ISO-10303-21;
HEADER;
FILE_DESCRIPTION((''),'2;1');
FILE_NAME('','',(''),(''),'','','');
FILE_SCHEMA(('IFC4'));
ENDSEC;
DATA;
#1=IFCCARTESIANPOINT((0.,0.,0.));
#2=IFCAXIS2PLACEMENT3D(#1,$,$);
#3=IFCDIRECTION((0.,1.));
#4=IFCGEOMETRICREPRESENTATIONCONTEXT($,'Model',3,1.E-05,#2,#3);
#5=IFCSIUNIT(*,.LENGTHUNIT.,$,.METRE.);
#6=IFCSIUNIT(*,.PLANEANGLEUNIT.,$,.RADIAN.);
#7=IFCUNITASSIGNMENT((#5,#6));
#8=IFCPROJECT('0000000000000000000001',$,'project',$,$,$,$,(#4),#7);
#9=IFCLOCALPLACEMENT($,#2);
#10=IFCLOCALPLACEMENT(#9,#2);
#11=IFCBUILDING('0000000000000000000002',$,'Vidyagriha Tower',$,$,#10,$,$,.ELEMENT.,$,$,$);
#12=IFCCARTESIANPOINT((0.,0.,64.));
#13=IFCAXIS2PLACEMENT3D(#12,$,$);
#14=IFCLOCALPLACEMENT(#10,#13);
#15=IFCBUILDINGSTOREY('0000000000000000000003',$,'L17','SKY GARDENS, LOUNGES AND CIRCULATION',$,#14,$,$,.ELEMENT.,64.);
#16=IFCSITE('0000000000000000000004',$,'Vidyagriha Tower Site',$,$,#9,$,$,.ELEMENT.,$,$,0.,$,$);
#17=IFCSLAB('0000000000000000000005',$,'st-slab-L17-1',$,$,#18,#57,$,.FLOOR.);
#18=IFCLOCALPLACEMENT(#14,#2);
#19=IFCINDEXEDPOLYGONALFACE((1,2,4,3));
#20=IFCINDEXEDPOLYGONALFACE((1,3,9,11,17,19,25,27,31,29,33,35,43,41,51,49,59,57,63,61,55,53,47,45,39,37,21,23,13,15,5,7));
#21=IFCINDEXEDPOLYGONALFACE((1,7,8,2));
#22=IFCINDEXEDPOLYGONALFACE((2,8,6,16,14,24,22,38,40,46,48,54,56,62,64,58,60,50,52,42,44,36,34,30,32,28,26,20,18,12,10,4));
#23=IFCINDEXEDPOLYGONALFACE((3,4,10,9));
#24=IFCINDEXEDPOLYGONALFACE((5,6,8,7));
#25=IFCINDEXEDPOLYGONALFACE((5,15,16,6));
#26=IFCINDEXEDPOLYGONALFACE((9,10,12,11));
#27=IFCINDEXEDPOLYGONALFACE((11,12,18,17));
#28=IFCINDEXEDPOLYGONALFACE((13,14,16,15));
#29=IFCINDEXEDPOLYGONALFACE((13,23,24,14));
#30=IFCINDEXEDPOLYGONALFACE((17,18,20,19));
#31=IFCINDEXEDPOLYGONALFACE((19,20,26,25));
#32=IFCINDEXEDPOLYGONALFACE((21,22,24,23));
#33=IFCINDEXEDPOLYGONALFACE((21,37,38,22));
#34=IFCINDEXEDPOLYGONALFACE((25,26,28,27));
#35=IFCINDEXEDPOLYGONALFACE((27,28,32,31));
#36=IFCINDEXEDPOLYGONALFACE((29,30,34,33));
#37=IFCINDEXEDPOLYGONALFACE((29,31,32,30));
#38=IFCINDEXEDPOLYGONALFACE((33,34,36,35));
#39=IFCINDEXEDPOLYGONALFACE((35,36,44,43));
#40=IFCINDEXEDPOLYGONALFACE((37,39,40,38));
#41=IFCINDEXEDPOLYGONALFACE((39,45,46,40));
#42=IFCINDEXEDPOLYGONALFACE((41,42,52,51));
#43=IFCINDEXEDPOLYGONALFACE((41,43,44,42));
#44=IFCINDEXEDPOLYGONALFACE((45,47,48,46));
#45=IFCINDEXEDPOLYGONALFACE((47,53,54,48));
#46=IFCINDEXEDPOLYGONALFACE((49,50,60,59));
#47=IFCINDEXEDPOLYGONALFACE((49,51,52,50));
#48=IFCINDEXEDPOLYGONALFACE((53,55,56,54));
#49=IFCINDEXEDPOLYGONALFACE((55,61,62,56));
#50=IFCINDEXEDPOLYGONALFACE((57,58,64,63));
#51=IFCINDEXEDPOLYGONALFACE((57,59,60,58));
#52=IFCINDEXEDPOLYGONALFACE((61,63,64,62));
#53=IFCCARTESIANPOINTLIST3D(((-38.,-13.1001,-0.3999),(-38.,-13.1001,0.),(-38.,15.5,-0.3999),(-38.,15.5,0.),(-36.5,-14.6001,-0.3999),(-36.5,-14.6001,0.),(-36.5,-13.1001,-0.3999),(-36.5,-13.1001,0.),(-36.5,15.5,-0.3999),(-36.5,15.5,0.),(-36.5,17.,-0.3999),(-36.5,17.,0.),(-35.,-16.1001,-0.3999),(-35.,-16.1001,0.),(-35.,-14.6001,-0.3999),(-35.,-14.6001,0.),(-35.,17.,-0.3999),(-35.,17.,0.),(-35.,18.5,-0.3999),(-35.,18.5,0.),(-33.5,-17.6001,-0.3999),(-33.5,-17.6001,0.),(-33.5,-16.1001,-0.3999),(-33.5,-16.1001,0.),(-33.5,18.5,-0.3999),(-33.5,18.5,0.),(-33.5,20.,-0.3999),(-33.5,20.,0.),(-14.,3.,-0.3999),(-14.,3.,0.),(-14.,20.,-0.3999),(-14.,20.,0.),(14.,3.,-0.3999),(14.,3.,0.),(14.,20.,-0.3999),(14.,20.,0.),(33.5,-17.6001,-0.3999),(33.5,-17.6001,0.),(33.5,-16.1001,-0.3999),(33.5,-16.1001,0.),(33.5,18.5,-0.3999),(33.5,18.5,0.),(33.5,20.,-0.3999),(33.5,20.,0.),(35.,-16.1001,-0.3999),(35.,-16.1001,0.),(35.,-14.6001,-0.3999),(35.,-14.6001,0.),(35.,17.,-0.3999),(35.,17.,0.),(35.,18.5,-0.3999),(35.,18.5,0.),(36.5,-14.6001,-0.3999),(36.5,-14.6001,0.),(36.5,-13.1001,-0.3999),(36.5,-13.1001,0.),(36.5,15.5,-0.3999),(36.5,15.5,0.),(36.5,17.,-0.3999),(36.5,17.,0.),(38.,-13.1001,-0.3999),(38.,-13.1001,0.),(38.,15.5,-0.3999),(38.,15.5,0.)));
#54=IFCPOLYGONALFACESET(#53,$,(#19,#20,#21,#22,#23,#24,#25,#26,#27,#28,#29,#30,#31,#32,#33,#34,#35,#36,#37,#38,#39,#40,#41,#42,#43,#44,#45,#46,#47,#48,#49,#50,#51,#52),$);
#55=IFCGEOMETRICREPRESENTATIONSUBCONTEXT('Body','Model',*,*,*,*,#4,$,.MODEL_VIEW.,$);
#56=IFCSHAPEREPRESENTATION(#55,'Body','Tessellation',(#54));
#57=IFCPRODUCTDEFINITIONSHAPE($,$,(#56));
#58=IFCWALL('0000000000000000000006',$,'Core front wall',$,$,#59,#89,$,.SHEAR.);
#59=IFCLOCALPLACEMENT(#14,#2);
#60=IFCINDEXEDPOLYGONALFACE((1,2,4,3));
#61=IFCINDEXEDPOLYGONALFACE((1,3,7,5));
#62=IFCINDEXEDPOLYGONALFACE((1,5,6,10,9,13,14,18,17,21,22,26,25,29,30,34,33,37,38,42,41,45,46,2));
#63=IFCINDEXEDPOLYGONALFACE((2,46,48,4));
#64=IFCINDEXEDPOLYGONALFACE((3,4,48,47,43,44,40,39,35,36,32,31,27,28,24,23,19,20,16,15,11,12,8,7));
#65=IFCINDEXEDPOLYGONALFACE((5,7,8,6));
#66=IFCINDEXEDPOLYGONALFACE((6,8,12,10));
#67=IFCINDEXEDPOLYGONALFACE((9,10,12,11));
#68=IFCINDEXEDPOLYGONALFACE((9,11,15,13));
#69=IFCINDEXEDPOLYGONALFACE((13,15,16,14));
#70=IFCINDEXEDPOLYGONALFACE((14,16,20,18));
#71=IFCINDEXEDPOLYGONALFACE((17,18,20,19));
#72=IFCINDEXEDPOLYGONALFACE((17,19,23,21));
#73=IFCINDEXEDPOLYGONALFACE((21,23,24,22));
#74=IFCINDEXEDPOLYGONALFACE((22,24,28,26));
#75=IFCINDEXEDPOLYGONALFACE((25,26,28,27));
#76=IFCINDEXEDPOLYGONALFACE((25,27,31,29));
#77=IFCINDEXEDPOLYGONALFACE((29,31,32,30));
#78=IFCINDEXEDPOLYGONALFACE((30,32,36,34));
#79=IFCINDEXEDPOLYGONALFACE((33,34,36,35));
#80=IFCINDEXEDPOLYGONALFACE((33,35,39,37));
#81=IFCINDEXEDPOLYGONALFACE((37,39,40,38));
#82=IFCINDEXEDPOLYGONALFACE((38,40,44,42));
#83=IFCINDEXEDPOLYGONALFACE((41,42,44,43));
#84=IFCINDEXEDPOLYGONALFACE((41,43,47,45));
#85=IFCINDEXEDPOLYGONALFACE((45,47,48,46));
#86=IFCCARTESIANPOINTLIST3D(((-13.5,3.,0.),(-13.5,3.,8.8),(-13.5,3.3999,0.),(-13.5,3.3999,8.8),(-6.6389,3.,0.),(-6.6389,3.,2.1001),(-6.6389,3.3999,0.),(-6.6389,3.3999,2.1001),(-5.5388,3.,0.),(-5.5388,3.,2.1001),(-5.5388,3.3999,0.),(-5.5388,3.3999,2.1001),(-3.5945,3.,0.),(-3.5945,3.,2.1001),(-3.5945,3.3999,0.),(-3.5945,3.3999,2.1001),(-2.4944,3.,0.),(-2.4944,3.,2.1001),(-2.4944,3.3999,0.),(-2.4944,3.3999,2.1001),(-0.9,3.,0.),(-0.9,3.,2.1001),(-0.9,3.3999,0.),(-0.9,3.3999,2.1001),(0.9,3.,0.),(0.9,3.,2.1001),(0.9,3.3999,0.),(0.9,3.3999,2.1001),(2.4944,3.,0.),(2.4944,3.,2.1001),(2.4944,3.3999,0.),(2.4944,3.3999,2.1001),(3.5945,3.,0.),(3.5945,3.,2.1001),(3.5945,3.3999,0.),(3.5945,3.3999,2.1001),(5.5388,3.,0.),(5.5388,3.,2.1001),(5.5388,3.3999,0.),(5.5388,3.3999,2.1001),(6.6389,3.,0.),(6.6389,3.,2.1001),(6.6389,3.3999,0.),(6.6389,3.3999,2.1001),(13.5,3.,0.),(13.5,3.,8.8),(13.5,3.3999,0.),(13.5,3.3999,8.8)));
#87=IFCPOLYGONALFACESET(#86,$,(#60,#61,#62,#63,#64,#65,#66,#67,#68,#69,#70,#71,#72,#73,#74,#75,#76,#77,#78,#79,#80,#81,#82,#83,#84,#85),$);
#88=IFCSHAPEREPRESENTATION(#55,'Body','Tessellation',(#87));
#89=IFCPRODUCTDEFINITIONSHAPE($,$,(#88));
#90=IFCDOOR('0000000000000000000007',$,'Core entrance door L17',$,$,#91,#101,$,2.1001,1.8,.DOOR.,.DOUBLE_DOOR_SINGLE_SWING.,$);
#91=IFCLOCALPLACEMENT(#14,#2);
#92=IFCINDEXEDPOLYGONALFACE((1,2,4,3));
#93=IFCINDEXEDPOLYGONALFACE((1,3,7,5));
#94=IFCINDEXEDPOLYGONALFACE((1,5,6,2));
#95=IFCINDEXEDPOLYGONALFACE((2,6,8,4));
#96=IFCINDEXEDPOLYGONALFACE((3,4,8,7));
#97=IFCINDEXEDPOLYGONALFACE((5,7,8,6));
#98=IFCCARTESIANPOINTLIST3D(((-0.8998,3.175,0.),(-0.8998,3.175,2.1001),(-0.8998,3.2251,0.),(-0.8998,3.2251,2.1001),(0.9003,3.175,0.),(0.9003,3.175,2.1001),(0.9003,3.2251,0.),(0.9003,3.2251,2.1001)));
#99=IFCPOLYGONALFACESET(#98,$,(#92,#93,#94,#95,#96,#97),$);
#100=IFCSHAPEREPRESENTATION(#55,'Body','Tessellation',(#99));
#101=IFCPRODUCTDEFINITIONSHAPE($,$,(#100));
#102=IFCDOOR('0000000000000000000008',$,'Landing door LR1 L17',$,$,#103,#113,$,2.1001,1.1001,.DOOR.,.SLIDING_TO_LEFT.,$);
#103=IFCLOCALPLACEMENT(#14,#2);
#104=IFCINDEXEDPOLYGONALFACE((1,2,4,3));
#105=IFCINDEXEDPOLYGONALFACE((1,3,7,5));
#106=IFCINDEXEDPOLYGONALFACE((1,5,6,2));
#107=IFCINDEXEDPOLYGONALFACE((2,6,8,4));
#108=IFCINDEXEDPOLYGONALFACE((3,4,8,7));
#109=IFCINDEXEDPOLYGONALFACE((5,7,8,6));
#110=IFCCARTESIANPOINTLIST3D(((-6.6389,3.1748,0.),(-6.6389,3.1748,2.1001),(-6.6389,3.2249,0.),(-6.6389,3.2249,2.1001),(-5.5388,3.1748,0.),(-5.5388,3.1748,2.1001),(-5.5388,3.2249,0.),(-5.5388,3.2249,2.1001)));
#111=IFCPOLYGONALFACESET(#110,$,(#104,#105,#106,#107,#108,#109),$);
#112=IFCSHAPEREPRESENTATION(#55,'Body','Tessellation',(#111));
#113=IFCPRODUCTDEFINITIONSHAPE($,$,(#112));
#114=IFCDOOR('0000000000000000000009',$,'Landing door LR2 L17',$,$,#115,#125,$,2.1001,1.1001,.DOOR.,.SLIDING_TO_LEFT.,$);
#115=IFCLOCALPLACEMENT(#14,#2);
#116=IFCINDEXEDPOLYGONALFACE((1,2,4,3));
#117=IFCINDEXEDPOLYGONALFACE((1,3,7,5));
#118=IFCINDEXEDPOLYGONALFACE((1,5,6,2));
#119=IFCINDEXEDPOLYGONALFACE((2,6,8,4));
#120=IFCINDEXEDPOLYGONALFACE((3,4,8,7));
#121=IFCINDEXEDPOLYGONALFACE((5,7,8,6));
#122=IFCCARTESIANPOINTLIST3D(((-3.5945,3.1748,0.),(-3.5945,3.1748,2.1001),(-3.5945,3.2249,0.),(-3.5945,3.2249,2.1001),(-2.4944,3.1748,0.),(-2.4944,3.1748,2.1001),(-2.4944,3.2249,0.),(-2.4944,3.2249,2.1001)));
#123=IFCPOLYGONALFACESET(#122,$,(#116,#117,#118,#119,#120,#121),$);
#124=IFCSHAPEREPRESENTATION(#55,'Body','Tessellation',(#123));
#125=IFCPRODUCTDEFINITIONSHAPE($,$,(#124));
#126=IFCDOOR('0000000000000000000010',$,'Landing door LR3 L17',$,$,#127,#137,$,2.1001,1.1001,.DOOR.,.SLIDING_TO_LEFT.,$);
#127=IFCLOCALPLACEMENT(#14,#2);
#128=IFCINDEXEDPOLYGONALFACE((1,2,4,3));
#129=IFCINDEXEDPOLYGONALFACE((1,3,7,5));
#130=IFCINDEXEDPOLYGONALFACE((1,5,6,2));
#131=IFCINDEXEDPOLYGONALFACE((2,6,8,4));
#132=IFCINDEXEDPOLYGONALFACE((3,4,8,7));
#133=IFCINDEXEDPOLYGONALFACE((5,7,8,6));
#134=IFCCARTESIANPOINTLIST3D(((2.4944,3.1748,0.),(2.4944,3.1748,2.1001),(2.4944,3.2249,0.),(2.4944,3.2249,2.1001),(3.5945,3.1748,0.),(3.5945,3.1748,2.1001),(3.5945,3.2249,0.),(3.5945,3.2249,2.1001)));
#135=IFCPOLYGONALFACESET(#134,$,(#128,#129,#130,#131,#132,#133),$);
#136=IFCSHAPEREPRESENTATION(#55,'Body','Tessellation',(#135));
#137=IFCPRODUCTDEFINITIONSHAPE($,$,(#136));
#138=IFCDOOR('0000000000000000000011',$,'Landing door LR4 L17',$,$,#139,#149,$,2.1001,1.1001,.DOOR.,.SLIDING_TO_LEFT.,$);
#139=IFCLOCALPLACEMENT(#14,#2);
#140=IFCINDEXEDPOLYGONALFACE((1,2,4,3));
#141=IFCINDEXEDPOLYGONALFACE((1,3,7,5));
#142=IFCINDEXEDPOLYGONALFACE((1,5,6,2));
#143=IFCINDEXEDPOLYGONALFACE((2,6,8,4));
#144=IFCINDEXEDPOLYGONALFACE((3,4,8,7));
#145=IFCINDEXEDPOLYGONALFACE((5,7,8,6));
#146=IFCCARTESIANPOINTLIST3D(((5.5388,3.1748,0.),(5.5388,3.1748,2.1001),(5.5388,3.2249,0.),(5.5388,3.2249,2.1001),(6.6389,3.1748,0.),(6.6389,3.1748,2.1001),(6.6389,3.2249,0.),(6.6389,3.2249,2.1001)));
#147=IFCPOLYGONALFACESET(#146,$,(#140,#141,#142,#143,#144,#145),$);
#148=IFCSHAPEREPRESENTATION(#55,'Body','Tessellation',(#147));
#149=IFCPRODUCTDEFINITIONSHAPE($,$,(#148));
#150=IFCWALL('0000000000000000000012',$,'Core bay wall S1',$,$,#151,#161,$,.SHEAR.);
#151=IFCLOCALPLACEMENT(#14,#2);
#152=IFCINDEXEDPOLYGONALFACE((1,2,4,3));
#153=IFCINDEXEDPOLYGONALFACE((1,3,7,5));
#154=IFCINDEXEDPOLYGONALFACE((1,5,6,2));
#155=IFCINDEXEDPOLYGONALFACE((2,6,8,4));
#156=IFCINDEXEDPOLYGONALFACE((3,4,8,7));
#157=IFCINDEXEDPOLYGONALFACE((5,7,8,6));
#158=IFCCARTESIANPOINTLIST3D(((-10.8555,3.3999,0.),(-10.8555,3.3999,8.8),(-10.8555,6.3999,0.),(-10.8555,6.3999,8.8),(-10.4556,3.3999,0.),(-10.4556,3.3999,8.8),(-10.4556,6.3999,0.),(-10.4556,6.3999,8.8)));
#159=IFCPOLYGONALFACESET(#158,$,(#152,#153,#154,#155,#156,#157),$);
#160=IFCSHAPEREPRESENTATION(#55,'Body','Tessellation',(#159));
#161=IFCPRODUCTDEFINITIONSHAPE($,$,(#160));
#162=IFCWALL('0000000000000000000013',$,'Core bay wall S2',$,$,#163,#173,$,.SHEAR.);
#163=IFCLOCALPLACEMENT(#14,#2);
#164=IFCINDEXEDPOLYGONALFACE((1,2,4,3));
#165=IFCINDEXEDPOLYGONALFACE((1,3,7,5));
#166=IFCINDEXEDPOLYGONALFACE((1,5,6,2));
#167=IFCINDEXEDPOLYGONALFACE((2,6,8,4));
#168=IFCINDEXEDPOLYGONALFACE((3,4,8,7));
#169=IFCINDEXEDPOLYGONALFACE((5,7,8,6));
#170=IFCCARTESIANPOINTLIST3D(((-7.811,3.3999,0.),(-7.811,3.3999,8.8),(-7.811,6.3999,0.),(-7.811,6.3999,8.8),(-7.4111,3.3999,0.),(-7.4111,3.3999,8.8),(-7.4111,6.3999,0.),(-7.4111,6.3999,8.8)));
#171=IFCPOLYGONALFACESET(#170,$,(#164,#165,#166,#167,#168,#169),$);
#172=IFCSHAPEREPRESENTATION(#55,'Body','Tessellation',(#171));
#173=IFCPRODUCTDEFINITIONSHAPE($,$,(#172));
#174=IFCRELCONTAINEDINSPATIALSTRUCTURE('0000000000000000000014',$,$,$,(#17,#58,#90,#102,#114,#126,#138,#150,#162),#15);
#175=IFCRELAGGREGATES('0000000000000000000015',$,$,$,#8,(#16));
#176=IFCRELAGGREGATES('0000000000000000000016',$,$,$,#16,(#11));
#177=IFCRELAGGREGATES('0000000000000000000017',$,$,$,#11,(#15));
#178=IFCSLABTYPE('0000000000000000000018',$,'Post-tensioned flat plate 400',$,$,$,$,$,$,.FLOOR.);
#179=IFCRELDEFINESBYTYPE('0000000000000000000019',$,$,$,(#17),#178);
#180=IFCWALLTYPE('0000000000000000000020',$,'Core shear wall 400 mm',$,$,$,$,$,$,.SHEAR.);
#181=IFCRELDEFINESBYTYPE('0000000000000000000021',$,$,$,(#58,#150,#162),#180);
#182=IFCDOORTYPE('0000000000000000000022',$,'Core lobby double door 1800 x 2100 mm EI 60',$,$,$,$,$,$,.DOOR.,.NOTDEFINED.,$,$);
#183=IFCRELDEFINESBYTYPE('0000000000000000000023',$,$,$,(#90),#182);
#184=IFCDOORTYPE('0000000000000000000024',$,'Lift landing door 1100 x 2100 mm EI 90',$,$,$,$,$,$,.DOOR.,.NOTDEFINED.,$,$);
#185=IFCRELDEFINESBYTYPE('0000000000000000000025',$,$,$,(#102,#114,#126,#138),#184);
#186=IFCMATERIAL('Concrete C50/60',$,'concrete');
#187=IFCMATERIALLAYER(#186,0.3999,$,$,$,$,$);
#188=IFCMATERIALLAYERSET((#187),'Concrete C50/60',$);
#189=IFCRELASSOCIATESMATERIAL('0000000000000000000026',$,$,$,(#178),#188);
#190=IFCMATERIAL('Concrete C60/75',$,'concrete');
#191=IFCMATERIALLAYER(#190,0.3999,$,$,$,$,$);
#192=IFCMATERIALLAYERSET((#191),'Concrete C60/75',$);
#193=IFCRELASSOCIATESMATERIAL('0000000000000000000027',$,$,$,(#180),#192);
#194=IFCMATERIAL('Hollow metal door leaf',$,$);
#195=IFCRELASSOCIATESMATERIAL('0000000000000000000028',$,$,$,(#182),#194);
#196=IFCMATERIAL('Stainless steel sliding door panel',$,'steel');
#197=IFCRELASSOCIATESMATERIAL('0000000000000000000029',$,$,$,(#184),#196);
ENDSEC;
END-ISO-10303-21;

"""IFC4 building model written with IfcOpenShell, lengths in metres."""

from ifc_helpers import new_model, si_unit, direction, frame, frame_2d, origin, place, context, subcontext, project, spatial, polyline, rectangle, outline, extrude, material, layer, layer_set, type_object, element, fill, save


model = new_model("IFC4")

# Units and contexts
model_context = context("Model", 3, precision=1e-05, world=origin(), true_north=direction((0.0, 1.0)))
body_context = subcontext(model_context, "Body", "Model", "MODEL_VIEW")
ifc_project = project(units=[si_unit("LENGTHUNIT", "METRE"), si_unit("PLANEANGLEUNIT", "RADIAN")], contexts=[model_context])

# Site, building, storey
site_placement = place(None, origin())
site = spatial("IfcSite", under=ifc_project, at=site_placement, Name="Vidyagriha Tower Site", CompositionType="ELEMENT", RefElevation=0.0)
building_placement = place(site_placement, origin())
building = spatial("IfcBuilding", under=site, at=building_placement, Name="Vidyagriha Tower", CompositionType="ELEMENT")
storey_placement = place(building_placement, frame((0.0, 0.0, 64.0)))
storey = spatial("IfcBuildingStorey", under=building, at=storey_placement, Name="L17", Description="SKY GARDENS, LOUNGES AND CIRCULATION", CompositionType="ELEMENT", Elevation=64.0)

# Slab
ifc_material_1 = material(Name="Concrete C50/60", Category="concrete")
ifc_layer_1 = layer(ifc_material_1, 0.3999)
ifc_layer_set_1 = layer_set([ifc_layer_1], Name="Concrete C50/60")
slab_type_1 = type_object("IfcSlabType", Name="Post-tensioned flat plate 400", PredefinedType="FLOOR", material=ifc_layer_set_1)
slab_1_placement = place(storey_placement, frame((0.0, 0.0, -0.3999)))
element("IfcSlab", 1, at=slab_1_placement, inside=storey, type_object=slab_type_1, Name="st-slab-L17-1", PredefinedType="FLOOR", context=body_context, shape_type="SweptSolid", body=[
    extrude(outline(polyline([(36.5, -13.1001), (36.5, -14.6001), (35.0, -14.6001), (35.0, -16.1001), (33.5, -16.1001), (33.5, -17.6001), (-33.5, -17.6001), (-33.5, -16.1001), (-35.0, -16.1001), (-35.0, -14.6001), (-36.5, -14.6001), (-36.5, -13.1001), (-38.0, -13.1001), (-38.0, 15.5), (-36.5, 15.5), (-36.5, 17.0), (-35.0, 17.0), (-35.0, 18.5), (-33.5, 18.5), (-33.5, 20.0), (-14.0, 20.0), (-14.0, 3.0), (14.0, 3.0), (14.0, 20.0), (33.5, 20.0), (33.5, 18.5), (35.0, 18.5), (35.0, 17.0), (36.5, 17.0), (36.5, 15.5), (38.0, 15.5), (38.0, -13.1001), (36.5, -13.1001)])), origin(), (0.0, 0.0, 1.0), 0.3999),
])

# Wall, openings, doors
ifc_material_2 = material(Name="Concrete C60/75", Category="concrete")
ifc_layer_2 = layer(ifc_material_2, 0.3999)
ifc_layer_set_2 = layer_set([ifc_layer_2], Name="Concrete C60/75")
wall_type_1 = type_object("IfcWallType", Name="Core shear wall 400 mm", PredefinedType="SHEAR", material=ifc_layer_set_2)
wall_1_placement = place(storey_placement, frame((-13.5, 3.2, 0.0)))
wall_1 = element("IfcWall", 2, at=wall_1_placement, inside=storey, type_object=wall_type_1, Name="Core front wall", PredefinedType="SHEAR", context=body_context, shape_type="SweptSolid", body=[
    extrude(rectangle(XDim=27.0, YDim=0.3999, at=frame_2d((13.5, 0.0))), origin(), (0.0, 0.0, 1.0), 8.8),
])
opening_1_placement = place(wall_1_placement, frame((6.8611, 0.0, 0.0)))
opening_1 = element("IfcOpeningElement", 3, at=opening_1_placement, cuts=wall_1, PredefinedType="OPENING", context=body_context, shape_type="SweptSolid", body=[
    extrude(rectangle(XDim=1.1001, YDim=2.1001, at=frame_2d((0.55, 1.05))), frame((0.0, 0.21, 0.0), z_axis=(0.0, -1.0, 0.0), x_axis=(1.0, 0.0, 0.0)), (0.0, 0.0, 1.0), 0.4199),
])
opening_2_placement = place(wall_1_placement, frame((9.9055, 0.0, 0.0)))
opening_2 = element("IfcOpeningElement", 4, at=opening_2_placement, cuts=wall_1, PredefinedType="OPENING", context=body_context, shape_type="SweptSolid", body=[
    extrude(rectangle(XDim=1.1001, YDim=2.1001, at=frame_2d((0.55, 1.05))), frame((0.0, 0.21, 0.0), z_axis=(0.0, -1.0, 0.0), x_axis=(1.0, 0.0, 0.0)), (0.0, 0.0, 1.0), 0.4199),
])
opening_3_placement = place(wall_1_placement, frame((15.9944, 0.0, 0.0)))
opening_3 = element("IfcOpeningElement", 5, at=opening_3_placement, cuts=wall_1, PredefinedType="OPENING", context=body_context, shape_type="SweptSolid", body=[
    extrude(rectangle(XDim=1.1001, YDim=2.1001, at=frame_2d((0.55, 1.05))), frame((0.0, 0.21, 0.0), z_axis=(0.0, -1.0, 0.0), x_axis=(1.0, 0.0, 0.0)), (0.0, 0.0, 1.0), 0.4199),
])
opening_4_placement = place(wall_1_placement, frame((19.0388, 0.0, 0.0)))
opening_4 = element("IfcOpeningElement", 6, at=opening_4_placement, cuts=wall_1, PredefinedType="OPENING", context=body_context, shape_type="SweptSolid", body=[
    extrude(rectangle(XDim=1.1001, YDim=2.1001, at=frame_2d((0.55, 1.05))), frame((0.0, 0.21, 0.0), z_axis=(0.0, -1.0, 0.0), x_axis=(1.0, 0.0, 0.0)), (0.0, 0.0, 1.0), 0.4199),
])
opening_5_placement = place(wall_1_placement, frame((12.6001, 0.0, 0.0)))
opening_5 = element("IfcOpeningElement", 7, at=opening_5_placement, cuts=wall_1, PredefinedType="OPENING", context=body_context, shape_type="SweptSolid", body=[
    extrude(rectangle(XDim=1.8, YDim=2.1001, at=frame_2d((0.8999, 1.05))), frame((0.0, 0.21, 0.0), z_axis=(0.0, -1.0, 0.0), x_axis=(1.0, 0.0, 0.0)), (0.0, 0.0, 1.0), 0.4199),
])
ifc_material_3 = material(Name="Hollow metal door leaf")
door_type_1 = type_object("IfcDoorType", Name="Core lobby double door 1800 x 2100 mm EI 60", OperationType="NOTDEFINED", PredefinedType="DOOR", material=ifc_material_3)
door_1_placement = place(opening_5_placement, frame((1.8, 0.0, 0.0), z_axis=(0.0, 0.0, 1.0), x_axis=(-1.0, 0.0, 0.0)))
door_1 = element("IfcDoor", 8, at=door_1_placement, inside=storey, type_object=door_type_1, Name="Core entrance door L17", OperationType="DOUBLE_DOOR_SINGLE_SWING", OverallHeight=2.1001, OverallWidth=1.8, PredefinedType="DOOR", context=body_context, shape_type="SweptSolid", body=[
    extrude(rectangle(XDim=1.8, YDim=2.1001, at=frame_2d((0.8999, 1.05))), frame((0.0, 0.0249, 0.0), z_axis=(0.0, -1.0, 0.0), x_axis=(1.0, 0.0, 0.0)), (0.0, 0.0, 1.0), 0.05),
])
fill(opening_5, door_1)
ifc_material_4 = material(Name="Stainless steel sliding door panel", Category="steel")
door_type_2 = type_object("IfcDoorType", Name="Lift landing door 1100 x 2100 mm EI 90", OperationType="NOTDEFINED", PredefinedType="DOOR", material=ifc_material_4)
door_2_placement = place(opening_1_placement, origin())
door_2 = element("IfcDoor", 9, at=door_2_placement, inside=storey, type_object=door_type_2, Name="Landing door LR1 L17", OperationType="SLIDING_TO_LEFT", OverallHeight=2.1001, OverallWidth=1.1001, PredefinedType="DOOR", context=body_context, shape_type="SweptSolid", body=[
    extrude(rectangle(XDim=1.1001, YDim=2.1001, at=frame_2d((0.55, 1.05))), frame((0.0, 0.0249, 0.0), z_axis=(0.0, -1.0, 0.0), x_axis=(1.0, 0.0, 0.0)), (0.0, 0.0, 1.0), 0.05),
])
fill(opening_1, door_2)
door_3_placement = place(opening_2_placement, origin())
door_3 = element("IfcDoor", 10, at=door_3_placement, inside=storey, type_object=door_type_2, Name="Landing door LR2 L17", OperationType="SLIDING_TO_LEFT", OverallHeight=2.1001, OverallWidth=1.1001, PredefinedType="DOOR", context=body_context, shape_type="SweptSolid", body=[
    extrude(rectangle(XDim=1.1001, YDim=2.1001, at=frame_2d((0.55, 1.05))), frame((0.0, 0.0249, 0.0), z_axis=(0.0, -1.0, 0.0), x_axis=(1.0, 0.0, 0.0)), (0.0, 0.0, 1.0), 0.05),
])
fill(opening_2, door_3)
door_4_placement = place(opening_3_placement, origin())
door_4 = element("IfcDoor", 11, at=door_4_placement, inside=storey, type_object=door_type_2, Name="Landing door LR3 L17", OperationType="SLIDING_TO_LEFT", OverallHeight=2.1001, OverallWidth=1.1001, PredefinedType="DOOR", context=body_context, shape_type="SweptSolid", body=[
    extrude(rectangle(XDim=1.1001, YDim=2.1001, at=frame_2d((0.55, 1.05))), frame((0.0, 0.0249, 0.0), z_axis=(0.0, -1.0, 0.0), x_axis=(1.0, 0.0, 0.0)), (0.0, 0.0, 1.0), 0.05),
])
fill(opening_3, door_4)
door_5_placement = place(opening_4_placement, origin())
door_5 = element("IfcDoor", 12, at=door_5_placement, inside=storey, type_object=door_type_2, Name="Landing door LR4 L17", OperationType="SLIDING_TO_LEFT", OverallHeight=2.1001, OverallWidth=1.1001, PredefinedType="DOOR", context=body_context, shape_type="SweptSolid", body=[
    extrude(rectangle(XDim=1.1001, YDim=2.1001, at=frame_2d((0.55, 1.05))), frame((0.0, 0.0249, 0.0), z_axis=(0.0, -1.0, 0.0), x_axis=(1.0, 0.0, 0.0)), (0.0, 0.0, 1.0), 0.05),
])
fill(opening_4, door_5)

# Walls
for number, where, z_axis, x_axis, name in (
    (13, (-10.6555, 3.3999, 0.0), (0.0, 0.0, 1.0), (0.0, 1.0, 0.0), "Core bay wall S1"),
    (14, (-7.6111, 3.3999, 0.0), (0.0, 0.0, 1.0), (0.0, 1.0, 0.0), "Core bay wall S2"),
):
    element("IfcWall", number, at=place(storey_placement, frame(where, z_axis=z_axis, x_axis=x_axis)), inside=storey, type_object=wall_type_1, Name=name, PredefinedType="SHEAR", context=body_context, shape_type="SweptSolid", body=[
        extrude(rectangle(XDim=3.0, YDim=0.3999, at=frame_2d((1.5, 0.0))), origin(), (0.0, 0.0, 1.0), 8.8),
    ])

save(model, "model.ifc")
